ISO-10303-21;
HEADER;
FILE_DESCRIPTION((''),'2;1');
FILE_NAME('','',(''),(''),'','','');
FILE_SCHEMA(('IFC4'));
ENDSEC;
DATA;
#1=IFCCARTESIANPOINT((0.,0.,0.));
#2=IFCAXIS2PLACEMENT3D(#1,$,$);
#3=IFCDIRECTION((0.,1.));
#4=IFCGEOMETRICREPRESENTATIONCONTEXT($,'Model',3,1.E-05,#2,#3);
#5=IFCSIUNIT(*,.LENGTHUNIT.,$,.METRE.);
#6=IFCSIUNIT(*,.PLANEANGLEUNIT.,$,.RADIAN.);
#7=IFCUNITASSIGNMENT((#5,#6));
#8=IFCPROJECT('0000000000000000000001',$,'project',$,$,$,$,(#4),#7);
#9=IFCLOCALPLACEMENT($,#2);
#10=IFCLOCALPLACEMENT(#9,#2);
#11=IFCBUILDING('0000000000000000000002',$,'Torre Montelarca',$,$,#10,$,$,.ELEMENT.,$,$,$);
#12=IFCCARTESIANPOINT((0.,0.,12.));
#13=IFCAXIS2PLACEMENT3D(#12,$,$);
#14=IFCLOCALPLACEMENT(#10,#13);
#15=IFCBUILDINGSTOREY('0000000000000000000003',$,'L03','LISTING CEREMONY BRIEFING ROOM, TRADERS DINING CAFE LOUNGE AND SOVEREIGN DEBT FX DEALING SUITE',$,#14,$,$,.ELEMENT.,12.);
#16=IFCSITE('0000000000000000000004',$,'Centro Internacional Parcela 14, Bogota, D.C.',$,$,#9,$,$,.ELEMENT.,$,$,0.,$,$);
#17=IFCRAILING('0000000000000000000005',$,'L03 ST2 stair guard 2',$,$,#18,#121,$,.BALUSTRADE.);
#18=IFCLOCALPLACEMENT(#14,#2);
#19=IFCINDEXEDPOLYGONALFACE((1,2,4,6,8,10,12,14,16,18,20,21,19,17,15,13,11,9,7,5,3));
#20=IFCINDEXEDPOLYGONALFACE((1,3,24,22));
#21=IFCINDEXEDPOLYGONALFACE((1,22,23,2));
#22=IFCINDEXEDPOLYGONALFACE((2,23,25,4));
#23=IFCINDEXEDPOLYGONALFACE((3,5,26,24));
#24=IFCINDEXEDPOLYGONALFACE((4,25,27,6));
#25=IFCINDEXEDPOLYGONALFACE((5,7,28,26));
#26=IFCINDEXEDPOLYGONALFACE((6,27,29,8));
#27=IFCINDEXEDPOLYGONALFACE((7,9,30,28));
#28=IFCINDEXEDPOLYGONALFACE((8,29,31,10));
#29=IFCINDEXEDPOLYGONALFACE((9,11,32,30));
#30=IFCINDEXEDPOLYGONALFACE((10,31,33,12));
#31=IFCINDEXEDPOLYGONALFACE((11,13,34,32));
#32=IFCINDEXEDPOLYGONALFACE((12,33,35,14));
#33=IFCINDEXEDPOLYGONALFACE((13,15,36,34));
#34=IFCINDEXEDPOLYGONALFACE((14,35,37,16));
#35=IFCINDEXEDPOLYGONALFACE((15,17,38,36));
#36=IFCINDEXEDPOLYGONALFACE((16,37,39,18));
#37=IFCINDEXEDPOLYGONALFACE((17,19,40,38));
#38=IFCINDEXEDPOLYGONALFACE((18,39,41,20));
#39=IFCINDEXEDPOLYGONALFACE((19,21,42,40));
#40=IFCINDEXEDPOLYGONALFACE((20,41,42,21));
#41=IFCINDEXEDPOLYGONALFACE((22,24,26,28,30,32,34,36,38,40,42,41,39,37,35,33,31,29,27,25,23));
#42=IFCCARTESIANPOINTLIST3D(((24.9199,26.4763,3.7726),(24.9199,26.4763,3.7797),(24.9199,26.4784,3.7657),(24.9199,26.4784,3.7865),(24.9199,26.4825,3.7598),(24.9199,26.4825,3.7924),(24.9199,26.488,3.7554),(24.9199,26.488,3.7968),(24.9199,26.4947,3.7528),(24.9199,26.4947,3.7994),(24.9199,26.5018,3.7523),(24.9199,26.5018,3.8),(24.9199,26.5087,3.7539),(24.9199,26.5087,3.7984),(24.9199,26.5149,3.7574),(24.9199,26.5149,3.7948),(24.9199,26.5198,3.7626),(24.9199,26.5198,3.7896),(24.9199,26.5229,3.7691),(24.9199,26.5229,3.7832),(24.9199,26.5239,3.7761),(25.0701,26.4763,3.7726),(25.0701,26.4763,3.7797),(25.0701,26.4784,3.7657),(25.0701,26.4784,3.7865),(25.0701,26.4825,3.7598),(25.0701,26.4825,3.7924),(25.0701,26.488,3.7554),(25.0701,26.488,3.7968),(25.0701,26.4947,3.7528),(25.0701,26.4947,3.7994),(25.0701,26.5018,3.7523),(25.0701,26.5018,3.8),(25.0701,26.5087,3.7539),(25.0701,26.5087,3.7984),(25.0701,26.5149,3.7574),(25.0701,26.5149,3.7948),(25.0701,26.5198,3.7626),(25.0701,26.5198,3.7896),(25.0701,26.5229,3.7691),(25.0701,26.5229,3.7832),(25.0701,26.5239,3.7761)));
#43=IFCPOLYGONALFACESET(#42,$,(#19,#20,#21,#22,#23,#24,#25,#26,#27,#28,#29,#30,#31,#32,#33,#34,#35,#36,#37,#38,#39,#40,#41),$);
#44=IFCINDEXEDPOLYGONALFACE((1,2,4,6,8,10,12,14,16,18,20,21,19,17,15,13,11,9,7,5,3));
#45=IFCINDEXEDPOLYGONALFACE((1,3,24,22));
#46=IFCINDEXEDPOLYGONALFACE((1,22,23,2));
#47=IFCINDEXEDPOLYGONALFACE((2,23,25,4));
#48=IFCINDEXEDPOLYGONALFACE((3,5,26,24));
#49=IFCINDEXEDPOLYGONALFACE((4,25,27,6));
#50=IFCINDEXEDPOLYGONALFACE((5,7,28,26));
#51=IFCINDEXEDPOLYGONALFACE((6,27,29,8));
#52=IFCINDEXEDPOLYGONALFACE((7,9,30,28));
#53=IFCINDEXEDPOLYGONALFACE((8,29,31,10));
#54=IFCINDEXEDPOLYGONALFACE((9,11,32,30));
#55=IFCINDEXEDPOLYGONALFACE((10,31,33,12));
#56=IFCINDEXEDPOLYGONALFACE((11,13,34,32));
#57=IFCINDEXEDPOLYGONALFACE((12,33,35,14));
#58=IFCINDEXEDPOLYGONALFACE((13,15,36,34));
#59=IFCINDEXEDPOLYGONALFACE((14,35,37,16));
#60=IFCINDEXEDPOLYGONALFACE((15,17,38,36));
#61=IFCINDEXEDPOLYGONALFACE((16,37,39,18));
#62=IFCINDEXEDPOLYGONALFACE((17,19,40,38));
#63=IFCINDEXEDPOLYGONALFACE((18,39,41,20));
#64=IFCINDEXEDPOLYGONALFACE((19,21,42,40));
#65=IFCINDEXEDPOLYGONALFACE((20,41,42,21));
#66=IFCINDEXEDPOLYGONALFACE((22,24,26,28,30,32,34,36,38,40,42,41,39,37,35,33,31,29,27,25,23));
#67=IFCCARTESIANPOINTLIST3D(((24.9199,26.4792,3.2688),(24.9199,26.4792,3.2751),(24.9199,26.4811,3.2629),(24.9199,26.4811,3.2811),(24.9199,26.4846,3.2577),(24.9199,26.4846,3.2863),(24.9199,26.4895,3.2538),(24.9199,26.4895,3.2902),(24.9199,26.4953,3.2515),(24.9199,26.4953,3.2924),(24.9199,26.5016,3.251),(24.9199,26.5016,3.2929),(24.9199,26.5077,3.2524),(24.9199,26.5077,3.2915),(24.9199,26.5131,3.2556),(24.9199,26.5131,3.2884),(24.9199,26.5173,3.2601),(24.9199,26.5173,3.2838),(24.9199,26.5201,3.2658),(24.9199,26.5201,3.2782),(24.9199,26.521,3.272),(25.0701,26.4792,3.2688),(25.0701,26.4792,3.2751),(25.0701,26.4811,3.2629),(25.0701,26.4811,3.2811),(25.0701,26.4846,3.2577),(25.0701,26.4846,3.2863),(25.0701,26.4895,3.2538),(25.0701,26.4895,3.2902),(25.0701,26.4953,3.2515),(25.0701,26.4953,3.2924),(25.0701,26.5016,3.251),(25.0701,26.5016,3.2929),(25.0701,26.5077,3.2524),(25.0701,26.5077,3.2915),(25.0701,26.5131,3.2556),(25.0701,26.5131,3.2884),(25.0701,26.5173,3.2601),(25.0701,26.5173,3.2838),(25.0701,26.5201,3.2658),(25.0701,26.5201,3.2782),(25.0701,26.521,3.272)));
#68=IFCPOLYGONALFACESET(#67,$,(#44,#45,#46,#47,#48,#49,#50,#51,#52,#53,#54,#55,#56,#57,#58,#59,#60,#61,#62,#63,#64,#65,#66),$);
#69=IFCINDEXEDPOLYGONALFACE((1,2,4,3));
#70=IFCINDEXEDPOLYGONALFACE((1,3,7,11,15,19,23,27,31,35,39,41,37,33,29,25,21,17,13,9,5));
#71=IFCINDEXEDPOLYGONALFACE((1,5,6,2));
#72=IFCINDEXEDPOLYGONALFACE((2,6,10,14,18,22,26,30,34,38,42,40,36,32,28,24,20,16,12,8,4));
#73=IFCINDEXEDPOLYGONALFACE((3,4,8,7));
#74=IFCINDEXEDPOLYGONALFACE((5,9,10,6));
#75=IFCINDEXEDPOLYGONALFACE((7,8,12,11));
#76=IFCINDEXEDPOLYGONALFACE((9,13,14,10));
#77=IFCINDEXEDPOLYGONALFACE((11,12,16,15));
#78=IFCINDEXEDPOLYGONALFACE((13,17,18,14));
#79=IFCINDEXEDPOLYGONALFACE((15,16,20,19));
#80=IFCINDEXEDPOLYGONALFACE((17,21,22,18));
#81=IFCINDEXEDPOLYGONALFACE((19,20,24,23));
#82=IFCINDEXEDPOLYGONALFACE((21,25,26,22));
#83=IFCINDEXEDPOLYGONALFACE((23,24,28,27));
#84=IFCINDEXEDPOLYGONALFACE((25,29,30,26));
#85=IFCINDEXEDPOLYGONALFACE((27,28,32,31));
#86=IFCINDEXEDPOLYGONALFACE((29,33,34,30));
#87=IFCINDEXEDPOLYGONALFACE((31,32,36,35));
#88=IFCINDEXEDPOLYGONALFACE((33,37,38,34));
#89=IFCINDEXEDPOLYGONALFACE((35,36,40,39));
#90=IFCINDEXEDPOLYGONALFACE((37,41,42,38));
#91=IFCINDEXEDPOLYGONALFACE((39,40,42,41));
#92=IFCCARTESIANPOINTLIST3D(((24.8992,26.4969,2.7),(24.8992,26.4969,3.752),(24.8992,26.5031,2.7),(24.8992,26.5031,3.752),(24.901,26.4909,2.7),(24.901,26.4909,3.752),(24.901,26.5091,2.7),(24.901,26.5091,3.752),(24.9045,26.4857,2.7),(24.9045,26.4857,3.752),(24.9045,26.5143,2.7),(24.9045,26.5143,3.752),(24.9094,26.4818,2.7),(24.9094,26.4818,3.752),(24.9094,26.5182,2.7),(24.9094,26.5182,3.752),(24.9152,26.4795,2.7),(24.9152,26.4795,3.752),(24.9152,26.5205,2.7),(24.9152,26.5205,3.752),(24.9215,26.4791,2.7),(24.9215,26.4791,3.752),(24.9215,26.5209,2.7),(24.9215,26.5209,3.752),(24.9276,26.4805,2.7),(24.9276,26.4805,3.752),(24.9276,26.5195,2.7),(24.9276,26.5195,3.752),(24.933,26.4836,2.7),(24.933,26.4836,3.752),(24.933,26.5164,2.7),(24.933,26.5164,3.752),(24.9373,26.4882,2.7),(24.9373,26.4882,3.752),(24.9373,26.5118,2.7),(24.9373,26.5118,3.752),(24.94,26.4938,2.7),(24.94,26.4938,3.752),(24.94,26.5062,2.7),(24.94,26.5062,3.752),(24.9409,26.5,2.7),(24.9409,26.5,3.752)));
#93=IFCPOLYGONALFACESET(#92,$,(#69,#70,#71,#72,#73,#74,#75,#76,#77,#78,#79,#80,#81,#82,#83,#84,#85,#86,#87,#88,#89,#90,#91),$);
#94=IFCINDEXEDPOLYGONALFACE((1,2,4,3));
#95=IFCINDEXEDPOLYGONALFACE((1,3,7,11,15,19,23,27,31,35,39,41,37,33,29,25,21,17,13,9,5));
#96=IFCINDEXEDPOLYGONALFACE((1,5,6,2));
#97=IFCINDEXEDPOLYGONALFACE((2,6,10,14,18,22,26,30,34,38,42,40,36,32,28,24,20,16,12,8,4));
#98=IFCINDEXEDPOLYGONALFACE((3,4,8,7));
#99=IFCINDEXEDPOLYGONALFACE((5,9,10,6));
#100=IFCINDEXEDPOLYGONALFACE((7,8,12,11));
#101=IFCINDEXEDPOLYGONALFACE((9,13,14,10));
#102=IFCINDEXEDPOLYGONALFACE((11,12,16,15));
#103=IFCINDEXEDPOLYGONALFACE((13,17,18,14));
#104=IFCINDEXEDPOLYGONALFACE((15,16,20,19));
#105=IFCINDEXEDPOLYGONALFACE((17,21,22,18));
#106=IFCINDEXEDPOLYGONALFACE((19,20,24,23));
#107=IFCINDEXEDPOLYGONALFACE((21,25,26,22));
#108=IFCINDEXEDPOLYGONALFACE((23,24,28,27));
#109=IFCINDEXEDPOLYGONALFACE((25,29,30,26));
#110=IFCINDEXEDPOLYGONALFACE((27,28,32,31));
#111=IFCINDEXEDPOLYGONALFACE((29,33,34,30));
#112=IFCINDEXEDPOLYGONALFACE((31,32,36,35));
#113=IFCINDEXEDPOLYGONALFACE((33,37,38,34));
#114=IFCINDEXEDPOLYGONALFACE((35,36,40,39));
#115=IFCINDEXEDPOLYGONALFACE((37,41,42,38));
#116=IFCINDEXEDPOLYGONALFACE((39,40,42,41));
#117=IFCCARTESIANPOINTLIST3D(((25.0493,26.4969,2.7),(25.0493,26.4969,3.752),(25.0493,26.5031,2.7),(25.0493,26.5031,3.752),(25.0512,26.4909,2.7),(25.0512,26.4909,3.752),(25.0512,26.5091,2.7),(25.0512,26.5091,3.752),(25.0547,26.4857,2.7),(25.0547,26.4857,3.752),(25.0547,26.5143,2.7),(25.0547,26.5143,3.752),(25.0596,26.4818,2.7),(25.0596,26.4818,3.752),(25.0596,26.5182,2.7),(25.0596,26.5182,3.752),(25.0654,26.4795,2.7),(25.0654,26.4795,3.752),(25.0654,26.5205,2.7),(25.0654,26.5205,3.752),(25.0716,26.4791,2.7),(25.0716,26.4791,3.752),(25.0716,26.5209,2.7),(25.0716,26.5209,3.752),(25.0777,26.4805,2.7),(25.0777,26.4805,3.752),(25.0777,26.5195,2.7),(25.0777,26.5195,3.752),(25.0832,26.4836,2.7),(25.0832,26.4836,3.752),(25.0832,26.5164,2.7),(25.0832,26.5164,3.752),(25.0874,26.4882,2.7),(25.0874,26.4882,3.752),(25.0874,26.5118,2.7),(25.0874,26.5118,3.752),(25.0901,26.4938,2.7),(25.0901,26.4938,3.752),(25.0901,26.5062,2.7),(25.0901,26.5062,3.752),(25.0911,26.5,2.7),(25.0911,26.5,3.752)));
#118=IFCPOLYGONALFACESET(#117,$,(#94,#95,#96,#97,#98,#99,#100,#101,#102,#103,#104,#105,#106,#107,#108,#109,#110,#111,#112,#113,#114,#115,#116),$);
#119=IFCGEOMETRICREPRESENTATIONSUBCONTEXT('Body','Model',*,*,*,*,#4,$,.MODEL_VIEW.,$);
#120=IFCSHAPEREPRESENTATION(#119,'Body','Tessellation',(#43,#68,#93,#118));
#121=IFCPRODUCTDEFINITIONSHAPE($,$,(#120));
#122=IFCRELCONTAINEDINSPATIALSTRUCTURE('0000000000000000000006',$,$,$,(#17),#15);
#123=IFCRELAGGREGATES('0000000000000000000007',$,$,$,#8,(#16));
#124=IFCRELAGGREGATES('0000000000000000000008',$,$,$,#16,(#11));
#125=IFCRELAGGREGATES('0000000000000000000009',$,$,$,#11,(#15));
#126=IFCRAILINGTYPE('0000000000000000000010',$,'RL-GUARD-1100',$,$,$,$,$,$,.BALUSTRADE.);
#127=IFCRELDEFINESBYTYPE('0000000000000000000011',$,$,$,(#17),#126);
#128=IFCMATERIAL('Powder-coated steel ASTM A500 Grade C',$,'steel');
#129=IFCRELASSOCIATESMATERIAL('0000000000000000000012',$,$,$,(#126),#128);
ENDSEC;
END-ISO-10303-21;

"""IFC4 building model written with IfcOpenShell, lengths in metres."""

from ifc_helpers import new_model, si_unit, direction, frame, origin, origin_2d, place, context, subcontext, project, spatial, circle, extrude, material, type_object, element, save


model = new_model("IFC4")

# Units and contexts
model_context = context("Model", 3, precision=1e-05, world=origin(), true_north=direction((0.0, 1.0)))
body_context = subcontext(model_context, "Body", "Model", "MODEL_VIEW")
ifc_project = project(units=[si_unit("LENGTHUNIT", "METRE"), si_unit("PLANEANGLEUNIT", "RADIAN")], contexts=[model_context])

# Site, building, storey
site_placement = place(None, origin())
site = spatial("IfcSite", under=ifc_project, at=site_placement, Name="Centro Internacional Parcela 14, Bogota, D.C.", CompositionType="ELEMENT", RefElevation=0.0)
building_placement = place(site_placement, origin())
building = spatial("IfcBuilding", under=site, at=building_placement, Name="Torre Montelarca", CompositionType="ELEMENT")
storey_placement = place(building_placement, frame((0.0, 0.0, 12.0)))
storey = spatial("IfcBuildingStorey", under=building, at=storey_placement, Name="L03", Description="LISTING CEREMONY BRIEFING ROOM, TRADERS DINING CAFE LOUNGE AND SOVEREIGN DEBT FX DEALING SUITE", CompositionType="ELEMENT", Elevation=12.0)

# Railing
ifc_material_1 = material(Name="Powder-coated steel ASTM A500 Grade C", Category="steel")
railing_type_1 = type_object("IfcRailingType", Name="RL-GUARD-1100", PredefinedType="BALUSTRADE", material=ifc_material_1)
railing_1_placement = place(storey_placement, frame((24.9199, 26.5, 2.7)))
element("IfcRailing", 1, at=railing_1_placement, inside=storey, type_object=railing_type_1, Name="L03 ST2 stair guard 2", PredefinedType="BALUSTRADE", context=body_context, shape_type="SweptSolid", body=[
    extrude(circle(Radius=0.0239, at=origin_2d()), frame((0.0, 0.0, 1.0762), z_axis=(1.0, 0.0, 0.0), x_axis=(0.0, 1.0, 0.0)), (0.0, 0.0, 1.0), 0.1501),
    extrude(circle(Radius=0.021, at=origin_2d()), frame((0.0, 0.0, 0.572), z_axis=(1.0, 0.0, 0.0), x_axis=(0.0, 1.0, 0.0)), (0.0, 0.0, 1.0), 0.1501),
    extrude(circle(Radius=0.021, at=origin_2d()), origin(), (0.0, 0.0, 1.0), 1.052),
    extrude(circle(Radius=0.021, at=origin_2d()), frame((0.1501, 0.0, 0.0)), (0.0, 0.0, 1.0), 1.052),
])

save(model, "model.ifc")
